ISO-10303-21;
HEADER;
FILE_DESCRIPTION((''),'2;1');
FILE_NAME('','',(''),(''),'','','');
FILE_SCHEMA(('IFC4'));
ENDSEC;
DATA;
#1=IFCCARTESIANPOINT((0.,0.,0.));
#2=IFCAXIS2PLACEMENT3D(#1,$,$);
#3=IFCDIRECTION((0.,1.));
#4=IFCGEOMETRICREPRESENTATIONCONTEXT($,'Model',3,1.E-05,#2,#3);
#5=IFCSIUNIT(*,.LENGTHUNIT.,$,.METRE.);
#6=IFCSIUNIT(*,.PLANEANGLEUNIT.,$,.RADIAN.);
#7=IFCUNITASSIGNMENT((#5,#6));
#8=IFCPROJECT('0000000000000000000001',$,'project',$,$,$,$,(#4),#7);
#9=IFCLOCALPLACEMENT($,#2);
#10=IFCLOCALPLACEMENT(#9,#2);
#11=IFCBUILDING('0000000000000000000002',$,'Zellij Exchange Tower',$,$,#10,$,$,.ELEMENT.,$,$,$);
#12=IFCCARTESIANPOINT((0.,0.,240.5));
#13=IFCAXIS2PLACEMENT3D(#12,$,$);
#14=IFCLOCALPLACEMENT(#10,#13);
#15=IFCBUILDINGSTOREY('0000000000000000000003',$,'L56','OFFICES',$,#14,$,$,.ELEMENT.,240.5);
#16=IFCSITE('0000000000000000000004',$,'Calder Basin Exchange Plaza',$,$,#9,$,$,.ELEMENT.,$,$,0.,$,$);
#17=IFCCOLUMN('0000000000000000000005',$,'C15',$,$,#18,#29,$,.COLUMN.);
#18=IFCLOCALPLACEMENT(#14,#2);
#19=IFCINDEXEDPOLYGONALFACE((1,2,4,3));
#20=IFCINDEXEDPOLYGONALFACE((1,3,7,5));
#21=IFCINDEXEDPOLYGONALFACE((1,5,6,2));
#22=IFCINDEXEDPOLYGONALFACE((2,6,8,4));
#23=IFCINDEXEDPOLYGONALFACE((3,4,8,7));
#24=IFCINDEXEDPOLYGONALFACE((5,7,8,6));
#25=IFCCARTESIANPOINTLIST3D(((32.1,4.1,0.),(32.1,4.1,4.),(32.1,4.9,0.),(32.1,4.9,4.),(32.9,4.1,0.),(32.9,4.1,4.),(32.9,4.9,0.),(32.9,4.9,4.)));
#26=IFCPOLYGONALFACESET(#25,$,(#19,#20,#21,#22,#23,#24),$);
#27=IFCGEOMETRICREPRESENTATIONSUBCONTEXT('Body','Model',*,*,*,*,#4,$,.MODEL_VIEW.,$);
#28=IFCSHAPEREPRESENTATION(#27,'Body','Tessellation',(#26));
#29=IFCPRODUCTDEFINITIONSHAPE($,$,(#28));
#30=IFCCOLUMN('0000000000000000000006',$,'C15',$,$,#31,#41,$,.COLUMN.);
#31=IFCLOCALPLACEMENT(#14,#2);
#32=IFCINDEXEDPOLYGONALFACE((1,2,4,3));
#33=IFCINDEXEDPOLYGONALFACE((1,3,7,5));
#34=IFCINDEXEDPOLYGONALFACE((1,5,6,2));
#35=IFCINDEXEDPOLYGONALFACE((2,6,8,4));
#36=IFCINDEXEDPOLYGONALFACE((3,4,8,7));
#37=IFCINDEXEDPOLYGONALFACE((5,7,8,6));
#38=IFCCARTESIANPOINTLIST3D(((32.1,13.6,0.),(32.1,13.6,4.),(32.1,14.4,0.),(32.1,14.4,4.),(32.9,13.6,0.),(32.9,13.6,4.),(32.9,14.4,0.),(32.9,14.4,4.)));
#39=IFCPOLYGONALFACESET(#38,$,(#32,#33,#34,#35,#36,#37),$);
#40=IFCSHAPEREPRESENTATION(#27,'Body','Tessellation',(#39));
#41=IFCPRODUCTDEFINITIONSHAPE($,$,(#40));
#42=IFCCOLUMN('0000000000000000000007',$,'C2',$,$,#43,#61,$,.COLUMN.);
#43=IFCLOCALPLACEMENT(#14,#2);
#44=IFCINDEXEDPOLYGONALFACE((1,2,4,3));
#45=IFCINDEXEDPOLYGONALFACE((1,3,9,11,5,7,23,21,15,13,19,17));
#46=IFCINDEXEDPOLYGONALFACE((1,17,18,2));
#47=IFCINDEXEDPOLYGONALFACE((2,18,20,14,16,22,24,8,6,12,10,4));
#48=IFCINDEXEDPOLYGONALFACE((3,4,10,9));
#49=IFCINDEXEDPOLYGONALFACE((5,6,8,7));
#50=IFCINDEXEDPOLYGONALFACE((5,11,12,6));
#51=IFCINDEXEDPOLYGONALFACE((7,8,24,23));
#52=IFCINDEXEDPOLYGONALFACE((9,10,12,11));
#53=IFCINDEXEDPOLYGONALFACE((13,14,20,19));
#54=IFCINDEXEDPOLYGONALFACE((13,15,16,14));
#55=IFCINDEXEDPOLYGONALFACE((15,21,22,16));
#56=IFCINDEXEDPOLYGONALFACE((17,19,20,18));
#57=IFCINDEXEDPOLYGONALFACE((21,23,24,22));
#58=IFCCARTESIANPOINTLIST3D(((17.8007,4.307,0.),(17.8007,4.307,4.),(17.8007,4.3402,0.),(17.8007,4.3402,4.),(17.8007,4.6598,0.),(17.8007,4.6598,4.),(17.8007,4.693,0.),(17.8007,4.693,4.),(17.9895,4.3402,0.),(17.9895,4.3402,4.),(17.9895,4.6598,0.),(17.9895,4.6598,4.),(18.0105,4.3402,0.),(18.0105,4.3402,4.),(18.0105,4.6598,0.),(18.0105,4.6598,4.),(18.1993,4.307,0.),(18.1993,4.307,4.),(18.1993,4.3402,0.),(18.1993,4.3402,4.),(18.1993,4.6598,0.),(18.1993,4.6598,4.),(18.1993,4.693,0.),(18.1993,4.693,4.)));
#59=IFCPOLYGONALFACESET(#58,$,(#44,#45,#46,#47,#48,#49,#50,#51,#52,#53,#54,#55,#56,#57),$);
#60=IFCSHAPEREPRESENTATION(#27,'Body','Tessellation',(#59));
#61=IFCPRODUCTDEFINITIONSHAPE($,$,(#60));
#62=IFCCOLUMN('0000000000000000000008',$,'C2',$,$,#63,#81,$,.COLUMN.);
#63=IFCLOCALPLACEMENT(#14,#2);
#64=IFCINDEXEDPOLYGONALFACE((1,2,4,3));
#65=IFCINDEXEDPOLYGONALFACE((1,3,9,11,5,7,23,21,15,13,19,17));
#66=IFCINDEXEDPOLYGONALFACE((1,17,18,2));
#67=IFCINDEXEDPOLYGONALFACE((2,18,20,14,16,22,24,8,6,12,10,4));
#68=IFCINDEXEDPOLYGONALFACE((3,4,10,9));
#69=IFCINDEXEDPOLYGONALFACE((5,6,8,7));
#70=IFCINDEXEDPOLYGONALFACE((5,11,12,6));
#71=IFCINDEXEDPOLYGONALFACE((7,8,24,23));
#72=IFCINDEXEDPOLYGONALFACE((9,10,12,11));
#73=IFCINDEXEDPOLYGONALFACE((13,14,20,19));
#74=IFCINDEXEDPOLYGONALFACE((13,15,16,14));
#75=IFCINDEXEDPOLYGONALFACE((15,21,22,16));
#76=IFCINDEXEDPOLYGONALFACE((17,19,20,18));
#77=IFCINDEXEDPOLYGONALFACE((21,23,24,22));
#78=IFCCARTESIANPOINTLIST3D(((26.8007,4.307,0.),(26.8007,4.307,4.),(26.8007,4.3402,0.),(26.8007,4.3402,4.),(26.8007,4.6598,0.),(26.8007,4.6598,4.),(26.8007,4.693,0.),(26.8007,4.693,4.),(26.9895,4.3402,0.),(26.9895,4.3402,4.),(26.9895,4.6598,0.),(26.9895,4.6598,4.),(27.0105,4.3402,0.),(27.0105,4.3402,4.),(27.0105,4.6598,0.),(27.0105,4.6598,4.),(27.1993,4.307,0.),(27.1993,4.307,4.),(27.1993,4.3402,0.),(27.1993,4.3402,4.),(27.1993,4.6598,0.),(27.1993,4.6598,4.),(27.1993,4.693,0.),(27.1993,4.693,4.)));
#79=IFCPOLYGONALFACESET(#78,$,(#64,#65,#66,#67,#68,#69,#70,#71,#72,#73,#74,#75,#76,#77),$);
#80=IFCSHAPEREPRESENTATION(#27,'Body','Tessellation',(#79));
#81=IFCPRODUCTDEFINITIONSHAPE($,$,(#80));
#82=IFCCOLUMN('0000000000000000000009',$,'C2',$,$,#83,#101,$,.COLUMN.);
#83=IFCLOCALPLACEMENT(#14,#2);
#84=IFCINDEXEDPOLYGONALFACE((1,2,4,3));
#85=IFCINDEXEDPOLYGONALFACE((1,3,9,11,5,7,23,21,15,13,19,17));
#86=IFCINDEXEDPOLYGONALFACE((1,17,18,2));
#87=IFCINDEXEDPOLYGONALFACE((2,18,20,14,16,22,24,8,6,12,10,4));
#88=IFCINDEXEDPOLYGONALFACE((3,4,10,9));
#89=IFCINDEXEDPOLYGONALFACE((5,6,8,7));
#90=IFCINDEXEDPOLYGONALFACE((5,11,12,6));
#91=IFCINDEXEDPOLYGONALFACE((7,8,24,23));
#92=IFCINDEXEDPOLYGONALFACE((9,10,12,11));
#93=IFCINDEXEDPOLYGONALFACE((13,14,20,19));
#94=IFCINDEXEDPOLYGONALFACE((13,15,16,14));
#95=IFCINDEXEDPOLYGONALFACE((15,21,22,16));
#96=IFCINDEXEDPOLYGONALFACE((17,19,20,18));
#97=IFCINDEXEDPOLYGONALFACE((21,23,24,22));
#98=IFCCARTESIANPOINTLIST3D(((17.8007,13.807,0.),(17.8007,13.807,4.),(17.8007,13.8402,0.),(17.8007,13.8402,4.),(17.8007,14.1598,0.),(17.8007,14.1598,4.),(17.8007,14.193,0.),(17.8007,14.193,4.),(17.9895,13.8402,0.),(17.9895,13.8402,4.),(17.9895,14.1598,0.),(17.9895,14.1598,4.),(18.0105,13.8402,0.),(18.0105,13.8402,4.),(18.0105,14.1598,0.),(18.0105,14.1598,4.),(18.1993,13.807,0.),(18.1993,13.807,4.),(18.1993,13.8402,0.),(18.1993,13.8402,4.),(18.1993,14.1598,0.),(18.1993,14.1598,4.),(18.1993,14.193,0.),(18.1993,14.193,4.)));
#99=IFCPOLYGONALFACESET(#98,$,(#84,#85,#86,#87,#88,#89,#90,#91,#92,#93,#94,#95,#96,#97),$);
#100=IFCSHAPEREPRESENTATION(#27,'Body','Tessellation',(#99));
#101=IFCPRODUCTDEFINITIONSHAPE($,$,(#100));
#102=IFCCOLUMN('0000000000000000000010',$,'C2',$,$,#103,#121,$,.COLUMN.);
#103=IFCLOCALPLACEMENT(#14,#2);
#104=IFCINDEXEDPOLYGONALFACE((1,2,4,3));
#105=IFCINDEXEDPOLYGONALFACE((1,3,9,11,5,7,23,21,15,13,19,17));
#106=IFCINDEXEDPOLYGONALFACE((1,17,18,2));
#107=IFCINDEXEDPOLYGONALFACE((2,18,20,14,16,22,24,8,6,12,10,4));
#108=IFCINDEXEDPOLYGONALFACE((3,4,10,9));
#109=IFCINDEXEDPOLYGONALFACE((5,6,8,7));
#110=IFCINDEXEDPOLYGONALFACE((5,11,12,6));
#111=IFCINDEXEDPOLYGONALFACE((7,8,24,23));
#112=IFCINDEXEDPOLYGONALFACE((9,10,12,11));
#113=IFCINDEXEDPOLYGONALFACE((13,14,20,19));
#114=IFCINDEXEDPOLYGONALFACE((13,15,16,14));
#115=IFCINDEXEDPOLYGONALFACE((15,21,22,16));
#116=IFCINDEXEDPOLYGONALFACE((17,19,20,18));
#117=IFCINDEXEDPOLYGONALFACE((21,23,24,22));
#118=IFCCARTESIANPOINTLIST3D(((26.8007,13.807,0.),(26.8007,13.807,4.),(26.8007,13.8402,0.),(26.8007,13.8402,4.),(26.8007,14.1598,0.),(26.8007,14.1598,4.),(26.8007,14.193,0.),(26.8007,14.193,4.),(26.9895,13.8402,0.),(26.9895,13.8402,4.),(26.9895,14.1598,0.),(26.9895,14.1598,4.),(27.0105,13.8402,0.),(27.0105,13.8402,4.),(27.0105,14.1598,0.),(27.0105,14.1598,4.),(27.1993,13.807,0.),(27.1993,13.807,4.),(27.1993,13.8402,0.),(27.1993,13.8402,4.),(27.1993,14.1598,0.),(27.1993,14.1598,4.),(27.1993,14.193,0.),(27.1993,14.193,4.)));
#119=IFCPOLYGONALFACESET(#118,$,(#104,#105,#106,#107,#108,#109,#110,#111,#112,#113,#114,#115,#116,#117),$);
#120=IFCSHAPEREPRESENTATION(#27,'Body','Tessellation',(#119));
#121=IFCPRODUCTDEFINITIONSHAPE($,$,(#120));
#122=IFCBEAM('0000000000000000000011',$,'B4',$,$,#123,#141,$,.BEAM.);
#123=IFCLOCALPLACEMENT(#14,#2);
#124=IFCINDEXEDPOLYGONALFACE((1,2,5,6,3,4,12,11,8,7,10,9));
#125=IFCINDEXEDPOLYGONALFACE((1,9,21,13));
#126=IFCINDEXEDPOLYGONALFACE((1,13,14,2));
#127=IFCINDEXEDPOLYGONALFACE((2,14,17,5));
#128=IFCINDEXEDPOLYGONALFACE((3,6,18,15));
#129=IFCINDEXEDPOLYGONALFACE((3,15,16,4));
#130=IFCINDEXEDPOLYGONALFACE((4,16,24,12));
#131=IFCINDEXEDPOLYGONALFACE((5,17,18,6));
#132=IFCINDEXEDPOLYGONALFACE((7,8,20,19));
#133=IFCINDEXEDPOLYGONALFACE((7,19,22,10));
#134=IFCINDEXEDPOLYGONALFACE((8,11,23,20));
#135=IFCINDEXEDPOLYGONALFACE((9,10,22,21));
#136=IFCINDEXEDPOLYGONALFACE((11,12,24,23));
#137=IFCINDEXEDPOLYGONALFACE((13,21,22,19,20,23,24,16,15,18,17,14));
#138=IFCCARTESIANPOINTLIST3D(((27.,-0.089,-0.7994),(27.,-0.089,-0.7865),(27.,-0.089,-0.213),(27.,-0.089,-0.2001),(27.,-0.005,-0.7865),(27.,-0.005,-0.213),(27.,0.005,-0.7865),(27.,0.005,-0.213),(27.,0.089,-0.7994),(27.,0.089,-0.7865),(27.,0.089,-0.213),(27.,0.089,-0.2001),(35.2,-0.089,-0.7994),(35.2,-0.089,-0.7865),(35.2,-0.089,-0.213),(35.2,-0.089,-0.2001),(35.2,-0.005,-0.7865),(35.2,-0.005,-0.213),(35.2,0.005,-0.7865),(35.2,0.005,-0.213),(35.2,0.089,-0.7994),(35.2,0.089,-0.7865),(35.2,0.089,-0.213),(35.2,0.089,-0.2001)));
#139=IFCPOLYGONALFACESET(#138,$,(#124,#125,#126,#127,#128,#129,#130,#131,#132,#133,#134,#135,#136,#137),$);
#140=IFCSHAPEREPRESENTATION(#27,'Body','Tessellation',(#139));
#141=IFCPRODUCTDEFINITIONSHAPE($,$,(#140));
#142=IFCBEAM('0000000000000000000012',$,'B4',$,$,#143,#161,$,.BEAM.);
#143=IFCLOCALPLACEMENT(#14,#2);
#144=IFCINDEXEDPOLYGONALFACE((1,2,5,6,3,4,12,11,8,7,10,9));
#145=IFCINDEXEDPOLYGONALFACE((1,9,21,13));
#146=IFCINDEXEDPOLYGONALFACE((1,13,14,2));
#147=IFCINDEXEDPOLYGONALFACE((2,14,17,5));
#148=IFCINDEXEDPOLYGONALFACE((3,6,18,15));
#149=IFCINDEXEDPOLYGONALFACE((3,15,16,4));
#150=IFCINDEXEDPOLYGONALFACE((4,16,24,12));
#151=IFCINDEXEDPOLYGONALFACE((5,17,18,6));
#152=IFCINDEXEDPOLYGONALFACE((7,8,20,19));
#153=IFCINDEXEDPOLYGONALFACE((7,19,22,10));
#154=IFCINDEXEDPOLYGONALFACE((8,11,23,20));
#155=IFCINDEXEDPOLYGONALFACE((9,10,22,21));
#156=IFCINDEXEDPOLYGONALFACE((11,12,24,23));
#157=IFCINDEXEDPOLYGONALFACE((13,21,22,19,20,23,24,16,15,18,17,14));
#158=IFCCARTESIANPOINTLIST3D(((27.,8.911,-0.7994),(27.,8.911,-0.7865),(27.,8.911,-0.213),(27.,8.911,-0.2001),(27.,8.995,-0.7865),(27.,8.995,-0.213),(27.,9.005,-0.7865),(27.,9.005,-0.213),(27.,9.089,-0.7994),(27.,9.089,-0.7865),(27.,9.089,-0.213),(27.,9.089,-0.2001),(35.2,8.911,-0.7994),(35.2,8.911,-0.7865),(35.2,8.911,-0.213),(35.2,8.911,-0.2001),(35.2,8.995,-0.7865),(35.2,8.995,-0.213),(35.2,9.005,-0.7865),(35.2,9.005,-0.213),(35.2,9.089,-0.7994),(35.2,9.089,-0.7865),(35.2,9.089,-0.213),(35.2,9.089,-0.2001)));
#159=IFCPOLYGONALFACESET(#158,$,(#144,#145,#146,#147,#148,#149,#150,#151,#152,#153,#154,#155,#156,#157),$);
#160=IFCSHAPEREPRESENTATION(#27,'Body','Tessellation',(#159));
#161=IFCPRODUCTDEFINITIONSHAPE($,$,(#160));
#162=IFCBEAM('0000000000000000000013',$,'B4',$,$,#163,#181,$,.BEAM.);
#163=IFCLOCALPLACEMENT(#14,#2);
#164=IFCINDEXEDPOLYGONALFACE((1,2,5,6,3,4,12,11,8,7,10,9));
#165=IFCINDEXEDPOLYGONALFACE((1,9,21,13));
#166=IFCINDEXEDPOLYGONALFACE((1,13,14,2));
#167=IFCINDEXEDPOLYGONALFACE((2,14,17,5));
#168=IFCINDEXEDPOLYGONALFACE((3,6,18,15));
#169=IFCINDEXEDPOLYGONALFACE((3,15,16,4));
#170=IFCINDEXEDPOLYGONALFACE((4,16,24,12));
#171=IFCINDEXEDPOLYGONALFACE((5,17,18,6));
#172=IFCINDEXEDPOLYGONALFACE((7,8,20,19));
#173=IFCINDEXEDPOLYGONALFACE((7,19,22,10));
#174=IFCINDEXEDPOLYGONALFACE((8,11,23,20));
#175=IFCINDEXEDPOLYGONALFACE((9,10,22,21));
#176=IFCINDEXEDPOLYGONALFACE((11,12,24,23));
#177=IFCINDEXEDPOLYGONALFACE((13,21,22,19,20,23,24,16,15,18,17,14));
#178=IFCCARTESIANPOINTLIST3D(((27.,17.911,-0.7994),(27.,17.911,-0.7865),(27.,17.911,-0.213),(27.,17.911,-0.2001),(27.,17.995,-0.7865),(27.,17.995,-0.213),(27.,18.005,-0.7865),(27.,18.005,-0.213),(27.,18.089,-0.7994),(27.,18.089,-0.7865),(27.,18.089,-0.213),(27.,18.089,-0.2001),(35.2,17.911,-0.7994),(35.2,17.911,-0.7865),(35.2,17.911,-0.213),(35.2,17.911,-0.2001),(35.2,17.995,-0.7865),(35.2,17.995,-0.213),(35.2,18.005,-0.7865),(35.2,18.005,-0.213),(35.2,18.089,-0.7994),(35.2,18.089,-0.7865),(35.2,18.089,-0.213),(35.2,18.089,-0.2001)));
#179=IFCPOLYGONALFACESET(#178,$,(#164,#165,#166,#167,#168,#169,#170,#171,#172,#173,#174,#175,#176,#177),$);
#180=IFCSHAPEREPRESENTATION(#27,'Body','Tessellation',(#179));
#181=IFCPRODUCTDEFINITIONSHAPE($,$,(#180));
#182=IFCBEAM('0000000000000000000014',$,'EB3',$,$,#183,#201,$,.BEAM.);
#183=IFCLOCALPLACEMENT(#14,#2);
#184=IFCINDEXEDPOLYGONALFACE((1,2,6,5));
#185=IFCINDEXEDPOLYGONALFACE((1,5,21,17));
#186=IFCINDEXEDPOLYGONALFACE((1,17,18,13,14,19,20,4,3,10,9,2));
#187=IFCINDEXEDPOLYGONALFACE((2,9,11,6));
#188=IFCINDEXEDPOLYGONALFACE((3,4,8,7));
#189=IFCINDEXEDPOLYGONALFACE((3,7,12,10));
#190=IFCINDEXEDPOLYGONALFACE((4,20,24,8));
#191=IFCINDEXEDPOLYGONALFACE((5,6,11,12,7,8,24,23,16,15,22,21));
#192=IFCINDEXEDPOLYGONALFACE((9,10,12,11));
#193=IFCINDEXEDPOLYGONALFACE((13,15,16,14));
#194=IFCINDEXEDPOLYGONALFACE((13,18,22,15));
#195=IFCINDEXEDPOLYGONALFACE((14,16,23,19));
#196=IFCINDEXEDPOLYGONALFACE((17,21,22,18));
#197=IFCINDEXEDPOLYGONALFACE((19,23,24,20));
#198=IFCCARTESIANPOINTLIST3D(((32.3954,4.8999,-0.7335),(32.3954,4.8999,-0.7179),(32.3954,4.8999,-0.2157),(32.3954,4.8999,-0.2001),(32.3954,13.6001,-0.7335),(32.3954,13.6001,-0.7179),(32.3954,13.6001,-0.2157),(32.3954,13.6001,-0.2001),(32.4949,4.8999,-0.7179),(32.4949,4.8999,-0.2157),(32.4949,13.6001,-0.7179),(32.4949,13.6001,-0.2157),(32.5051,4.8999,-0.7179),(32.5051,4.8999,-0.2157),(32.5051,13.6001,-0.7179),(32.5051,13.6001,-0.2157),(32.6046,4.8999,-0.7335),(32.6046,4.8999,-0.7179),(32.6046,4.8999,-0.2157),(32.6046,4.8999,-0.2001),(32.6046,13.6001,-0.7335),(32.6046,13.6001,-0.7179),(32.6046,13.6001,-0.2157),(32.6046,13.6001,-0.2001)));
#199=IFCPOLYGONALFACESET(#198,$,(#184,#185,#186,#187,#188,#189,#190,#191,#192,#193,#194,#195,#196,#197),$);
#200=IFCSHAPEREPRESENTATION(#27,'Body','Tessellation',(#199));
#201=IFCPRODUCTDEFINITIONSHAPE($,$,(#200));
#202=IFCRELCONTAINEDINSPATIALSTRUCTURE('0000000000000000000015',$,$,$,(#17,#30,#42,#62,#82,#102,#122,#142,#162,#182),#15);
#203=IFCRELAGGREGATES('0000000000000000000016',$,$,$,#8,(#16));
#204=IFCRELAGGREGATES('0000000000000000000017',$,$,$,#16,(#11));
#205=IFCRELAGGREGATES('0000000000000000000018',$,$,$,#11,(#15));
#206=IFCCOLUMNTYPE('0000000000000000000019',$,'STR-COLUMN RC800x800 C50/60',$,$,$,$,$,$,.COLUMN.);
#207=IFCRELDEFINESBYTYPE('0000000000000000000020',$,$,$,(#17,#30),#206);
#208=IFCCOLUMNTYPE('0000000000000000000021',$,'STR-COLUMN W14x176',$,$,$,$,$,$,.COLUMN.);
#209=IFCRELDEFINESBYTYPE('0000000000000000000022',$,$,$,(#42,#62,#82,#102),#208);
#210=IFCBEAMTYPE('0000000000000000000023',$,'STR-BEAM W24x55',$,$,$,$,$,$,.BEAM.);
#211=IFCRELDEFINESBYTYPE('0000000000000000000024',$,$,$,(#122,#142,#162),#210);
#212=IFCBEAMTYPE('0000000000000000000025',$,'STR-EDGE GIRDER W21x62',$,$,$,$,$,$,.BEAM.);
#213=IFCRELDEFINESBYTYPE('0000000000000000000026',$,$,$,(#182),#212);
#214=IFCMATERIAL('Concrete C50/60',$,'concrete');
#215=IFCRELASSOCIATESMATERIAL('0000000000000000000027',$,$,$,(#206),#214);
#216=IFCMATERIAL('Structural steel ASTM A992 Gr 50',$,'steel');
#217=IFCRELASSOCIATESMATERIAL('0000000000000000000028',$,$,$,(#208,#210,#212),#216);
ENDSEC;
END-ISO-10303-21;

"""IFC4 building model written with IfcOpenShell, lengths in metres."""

from ifc_helpers import new_model, si_unit, direction, frame, origin, origin_2d, place, context, subcontext, project, spatial, rectangle, i_section, extrude, material, material_profile, profile_set, type_object, element, save


model = new_model("IFC4")

# Units and contexts
model_context = context("Model", 3, precision=1e-05, world=origin(), true_north=direction((0.0, 1.0)))
body_context = subcontext(model_context, "Body", "Model", "MODEL_VIEW")
ifc_project = project(units=[si_unit("LENGTHUNIT", "METRE"), si_unit("PLANEANGLEUNIT", "RADIAN")], contexts=[model_context])

# Site, building, storey
site_placement = place(None, origin())
site = spatial("IfcSite", under=ifc_project, at=site_placement, Name="Calder Basin Exchange Plaza", CompositionType="ELEMENT", RefElevation=0.0)
building_placement = place(site_placement, origin())
building = spatial("IfcBuilding", under=site, at=building_placement, Name="Zellij Exchange Tower", CompositionType="ELEMENT")
storey_placement = place(building_placement, frame((0.0, 0.0, 240.5)))
storey = spatial("IfcBuildingStorey", under=building, at=storey_placement, Name="L56", Description="OFFICES", CompositionType="ELEMENT", Elevation=240.5)

# Columns
ifc_material_1 = material(Name="Concrete C50/60", Category="concrete")
ifc_material_profile_1 = material_profile(ifc_material_1, rectangle(XDim=0.8, YDim=0.8, at=origin_2d()), Name="STR-COLUMN RC800x800 C50/60")
ifc_profile_set_1 = profile_set([ifc_material_profile_1], Name="Concrete C50/60")
column_type_1 = type_object("IfcColumnType", Name="STR-COLUMN RC800x800 C50/60", PredefinedType="COLUMN", material=ifc_profile_set_1)
for number, where, z_axis, x_axis, name in (
    (1, (32.5, 4.5, 0.0), (0.0, 0.0, 1.0), (1.0, 0.0, 0.0), "C15"),
    (2, (32.5, 14.0, 0.0), (0.0, 0.0, 1.0), (1.0, 0.0, 0.0), "C15"),
):
    element("IfcColumn", number, at=place(storey_placement, frame(where, z_axis=z_axis, x_axis=x_axis)), inside=storey, type_object=column_type_1, Name=name, PredefinedType="COLUMN", context=body_context, shape_type="SweptSolid", body=[
        extrude(rectangle(XDim=0.8, YDim=0.8, at=origin_2d()), origin(), (0.0, 0.0, 1.0), 4.0),
    ])
ifc_material_2 = material(Name="Structural steel ASTM A992 Gr 50", Category="steel")
ifc_material_profile_2 = material_profile(ifc_material_2, i_section(OverallWidth=0.3987, OverallDepth=0.386, WebThickness=0.021, FlangeThickness=0.0332, at=origin_2d()), Name="W14x176")
ifc_profile_set_2 = profile_set([ifc_material_profile_2], Name="Structural steel ASTM A992 Gr 50")
column_type_2 = type_object("IfcColumnType", Name="STR-COLUMN W14x176", PredefinedType="COLUMN", material=ifc_profile_set_2)
for number, where, z_axis, x_axis, name in (
    (3, (18.0, 4.5, 0.0), (0.0, 0.0, 1.0), (1.0, 0.0, 0.0), "C2"),
    (4, (27.0, 4.5, 0.0), (0.0, 0.0, 1.0), (1.0, 0.0, 0.0), "C2"),
    (5, (18.0, 14.0, 0.0), (0.0, 0.0, 1.0), (1.0, 0.0, 0.0), "C2"),
    (6, (27.0, 14.0, 0.0), (0.0, 0.0, 1.0), (1.0, 0.0, 0.0), "C2"),
):
    element("IfcColumn", number, at=place(storey_placement, frame(where, z_axis=z_axis, x_axis=x_axis)), inside=storey, type_object=column_type_2, Name=name, PredefinedType="COLUMN", context=body_context, shape_type="SweptSolid", body=[
        extrude(i_section(OverallWidth=0.3987, OverallDepth=0.386, WebThickness=0.021, FlangeThickness=0.0332, at=origin_2d()), origin(), (0.0, 0.0, 1.0), 4.0),
    ])

# Beams
ifc_material_profile_3 = material_profile(ifc_material_2, i_section(OverallWidth=0.178, OverallDepth=0.5994, WebThickness=0.01, FlangeThickness=0.0129, at=origin_2d()), Name="W24x55")
ifc_profile_set_3 = profile_set([ifc_material_profile_3], Name="Structural steel ASTM A992 Gr 50")
beam_type_1 = type_object("IfcBeamType", Name="STR-BEAM W24x55", PredefinedType="BEAM", material=ifc_profile_set_3)
for number, where, z_axis, x_axis, name in (
    (7, (27.0, 0.0, -0.4998), (1.0, 0.0, 0.0), (0.0, 1.0, 0.0), "B4"),
    (8, (27.0, 9.0, -0.4998), (1.0, 0.0, 0.0), (0.0, 1.0, 0.0), "B4"),
    (9, (27.0, 18.0, -0.4998), (1.0, 0.0, 0.0), (0.0, 1.0, 0.0), "B4"),
):
    element("IfcBeam", number, at=place(storey_placement, frame(where, z_axis=z_axis, x_axis=x_axis)), inside=storey, type_object=beam_type_1, Name=name, PredefinedType="BEAM", context=body_context, shape_type="SweptSolid", body=[
        extrude(i_section(OverallWidth=0.178, OverallDepth=0.5994, WebThickness=0.01, FlangeThickness=0.0129, at=origin_2d()), origin(), (0.0, 0.0, 1.0), 8.2),
    ])
ifc_material_profile_4 = material_profile(ifc_material_2, i_section(OverallWidth=0.2092, OverallDepth=0.5334, WebThickness=0.0103, FlangeThickness=0.0156, at=origin_2d()), Name="W21x62")
ifc_profile_set_4 = profile_set([ifc_material_profile_4], Name="Structural steel ASTM A992 Gr 50")
beam_type_2 = type_object("IfcBeamType", Name="STR-EDGE GIRDER W21x62", PredefinedType="BEAM", material=ifc_profile_set_4)
beam_1_placement = place(storey_placement, frame((32.5, 4.8999, -0.4668), z_axis=(0.0, 1.0, 0.0), x_axis=(-1.0, 0.0, 0.0)))
element("IfcBeam", 10, at=beam_1_placement, inside=storey, type_object=beam_type_2, Name="EB3", PredefinedType="BEAM", context=body_context, shape_type="SweptSolid", body=[
    extrude(i_section(OverallWidth=0.2092, OverallDepth=0.5334, WebThickness=0.0103, FlangeThickness=0.0156, at=origin_2d()), origin(), (0.0, 0.0, 1.0), 8.7002),
])

save(model, "model.ifc")
